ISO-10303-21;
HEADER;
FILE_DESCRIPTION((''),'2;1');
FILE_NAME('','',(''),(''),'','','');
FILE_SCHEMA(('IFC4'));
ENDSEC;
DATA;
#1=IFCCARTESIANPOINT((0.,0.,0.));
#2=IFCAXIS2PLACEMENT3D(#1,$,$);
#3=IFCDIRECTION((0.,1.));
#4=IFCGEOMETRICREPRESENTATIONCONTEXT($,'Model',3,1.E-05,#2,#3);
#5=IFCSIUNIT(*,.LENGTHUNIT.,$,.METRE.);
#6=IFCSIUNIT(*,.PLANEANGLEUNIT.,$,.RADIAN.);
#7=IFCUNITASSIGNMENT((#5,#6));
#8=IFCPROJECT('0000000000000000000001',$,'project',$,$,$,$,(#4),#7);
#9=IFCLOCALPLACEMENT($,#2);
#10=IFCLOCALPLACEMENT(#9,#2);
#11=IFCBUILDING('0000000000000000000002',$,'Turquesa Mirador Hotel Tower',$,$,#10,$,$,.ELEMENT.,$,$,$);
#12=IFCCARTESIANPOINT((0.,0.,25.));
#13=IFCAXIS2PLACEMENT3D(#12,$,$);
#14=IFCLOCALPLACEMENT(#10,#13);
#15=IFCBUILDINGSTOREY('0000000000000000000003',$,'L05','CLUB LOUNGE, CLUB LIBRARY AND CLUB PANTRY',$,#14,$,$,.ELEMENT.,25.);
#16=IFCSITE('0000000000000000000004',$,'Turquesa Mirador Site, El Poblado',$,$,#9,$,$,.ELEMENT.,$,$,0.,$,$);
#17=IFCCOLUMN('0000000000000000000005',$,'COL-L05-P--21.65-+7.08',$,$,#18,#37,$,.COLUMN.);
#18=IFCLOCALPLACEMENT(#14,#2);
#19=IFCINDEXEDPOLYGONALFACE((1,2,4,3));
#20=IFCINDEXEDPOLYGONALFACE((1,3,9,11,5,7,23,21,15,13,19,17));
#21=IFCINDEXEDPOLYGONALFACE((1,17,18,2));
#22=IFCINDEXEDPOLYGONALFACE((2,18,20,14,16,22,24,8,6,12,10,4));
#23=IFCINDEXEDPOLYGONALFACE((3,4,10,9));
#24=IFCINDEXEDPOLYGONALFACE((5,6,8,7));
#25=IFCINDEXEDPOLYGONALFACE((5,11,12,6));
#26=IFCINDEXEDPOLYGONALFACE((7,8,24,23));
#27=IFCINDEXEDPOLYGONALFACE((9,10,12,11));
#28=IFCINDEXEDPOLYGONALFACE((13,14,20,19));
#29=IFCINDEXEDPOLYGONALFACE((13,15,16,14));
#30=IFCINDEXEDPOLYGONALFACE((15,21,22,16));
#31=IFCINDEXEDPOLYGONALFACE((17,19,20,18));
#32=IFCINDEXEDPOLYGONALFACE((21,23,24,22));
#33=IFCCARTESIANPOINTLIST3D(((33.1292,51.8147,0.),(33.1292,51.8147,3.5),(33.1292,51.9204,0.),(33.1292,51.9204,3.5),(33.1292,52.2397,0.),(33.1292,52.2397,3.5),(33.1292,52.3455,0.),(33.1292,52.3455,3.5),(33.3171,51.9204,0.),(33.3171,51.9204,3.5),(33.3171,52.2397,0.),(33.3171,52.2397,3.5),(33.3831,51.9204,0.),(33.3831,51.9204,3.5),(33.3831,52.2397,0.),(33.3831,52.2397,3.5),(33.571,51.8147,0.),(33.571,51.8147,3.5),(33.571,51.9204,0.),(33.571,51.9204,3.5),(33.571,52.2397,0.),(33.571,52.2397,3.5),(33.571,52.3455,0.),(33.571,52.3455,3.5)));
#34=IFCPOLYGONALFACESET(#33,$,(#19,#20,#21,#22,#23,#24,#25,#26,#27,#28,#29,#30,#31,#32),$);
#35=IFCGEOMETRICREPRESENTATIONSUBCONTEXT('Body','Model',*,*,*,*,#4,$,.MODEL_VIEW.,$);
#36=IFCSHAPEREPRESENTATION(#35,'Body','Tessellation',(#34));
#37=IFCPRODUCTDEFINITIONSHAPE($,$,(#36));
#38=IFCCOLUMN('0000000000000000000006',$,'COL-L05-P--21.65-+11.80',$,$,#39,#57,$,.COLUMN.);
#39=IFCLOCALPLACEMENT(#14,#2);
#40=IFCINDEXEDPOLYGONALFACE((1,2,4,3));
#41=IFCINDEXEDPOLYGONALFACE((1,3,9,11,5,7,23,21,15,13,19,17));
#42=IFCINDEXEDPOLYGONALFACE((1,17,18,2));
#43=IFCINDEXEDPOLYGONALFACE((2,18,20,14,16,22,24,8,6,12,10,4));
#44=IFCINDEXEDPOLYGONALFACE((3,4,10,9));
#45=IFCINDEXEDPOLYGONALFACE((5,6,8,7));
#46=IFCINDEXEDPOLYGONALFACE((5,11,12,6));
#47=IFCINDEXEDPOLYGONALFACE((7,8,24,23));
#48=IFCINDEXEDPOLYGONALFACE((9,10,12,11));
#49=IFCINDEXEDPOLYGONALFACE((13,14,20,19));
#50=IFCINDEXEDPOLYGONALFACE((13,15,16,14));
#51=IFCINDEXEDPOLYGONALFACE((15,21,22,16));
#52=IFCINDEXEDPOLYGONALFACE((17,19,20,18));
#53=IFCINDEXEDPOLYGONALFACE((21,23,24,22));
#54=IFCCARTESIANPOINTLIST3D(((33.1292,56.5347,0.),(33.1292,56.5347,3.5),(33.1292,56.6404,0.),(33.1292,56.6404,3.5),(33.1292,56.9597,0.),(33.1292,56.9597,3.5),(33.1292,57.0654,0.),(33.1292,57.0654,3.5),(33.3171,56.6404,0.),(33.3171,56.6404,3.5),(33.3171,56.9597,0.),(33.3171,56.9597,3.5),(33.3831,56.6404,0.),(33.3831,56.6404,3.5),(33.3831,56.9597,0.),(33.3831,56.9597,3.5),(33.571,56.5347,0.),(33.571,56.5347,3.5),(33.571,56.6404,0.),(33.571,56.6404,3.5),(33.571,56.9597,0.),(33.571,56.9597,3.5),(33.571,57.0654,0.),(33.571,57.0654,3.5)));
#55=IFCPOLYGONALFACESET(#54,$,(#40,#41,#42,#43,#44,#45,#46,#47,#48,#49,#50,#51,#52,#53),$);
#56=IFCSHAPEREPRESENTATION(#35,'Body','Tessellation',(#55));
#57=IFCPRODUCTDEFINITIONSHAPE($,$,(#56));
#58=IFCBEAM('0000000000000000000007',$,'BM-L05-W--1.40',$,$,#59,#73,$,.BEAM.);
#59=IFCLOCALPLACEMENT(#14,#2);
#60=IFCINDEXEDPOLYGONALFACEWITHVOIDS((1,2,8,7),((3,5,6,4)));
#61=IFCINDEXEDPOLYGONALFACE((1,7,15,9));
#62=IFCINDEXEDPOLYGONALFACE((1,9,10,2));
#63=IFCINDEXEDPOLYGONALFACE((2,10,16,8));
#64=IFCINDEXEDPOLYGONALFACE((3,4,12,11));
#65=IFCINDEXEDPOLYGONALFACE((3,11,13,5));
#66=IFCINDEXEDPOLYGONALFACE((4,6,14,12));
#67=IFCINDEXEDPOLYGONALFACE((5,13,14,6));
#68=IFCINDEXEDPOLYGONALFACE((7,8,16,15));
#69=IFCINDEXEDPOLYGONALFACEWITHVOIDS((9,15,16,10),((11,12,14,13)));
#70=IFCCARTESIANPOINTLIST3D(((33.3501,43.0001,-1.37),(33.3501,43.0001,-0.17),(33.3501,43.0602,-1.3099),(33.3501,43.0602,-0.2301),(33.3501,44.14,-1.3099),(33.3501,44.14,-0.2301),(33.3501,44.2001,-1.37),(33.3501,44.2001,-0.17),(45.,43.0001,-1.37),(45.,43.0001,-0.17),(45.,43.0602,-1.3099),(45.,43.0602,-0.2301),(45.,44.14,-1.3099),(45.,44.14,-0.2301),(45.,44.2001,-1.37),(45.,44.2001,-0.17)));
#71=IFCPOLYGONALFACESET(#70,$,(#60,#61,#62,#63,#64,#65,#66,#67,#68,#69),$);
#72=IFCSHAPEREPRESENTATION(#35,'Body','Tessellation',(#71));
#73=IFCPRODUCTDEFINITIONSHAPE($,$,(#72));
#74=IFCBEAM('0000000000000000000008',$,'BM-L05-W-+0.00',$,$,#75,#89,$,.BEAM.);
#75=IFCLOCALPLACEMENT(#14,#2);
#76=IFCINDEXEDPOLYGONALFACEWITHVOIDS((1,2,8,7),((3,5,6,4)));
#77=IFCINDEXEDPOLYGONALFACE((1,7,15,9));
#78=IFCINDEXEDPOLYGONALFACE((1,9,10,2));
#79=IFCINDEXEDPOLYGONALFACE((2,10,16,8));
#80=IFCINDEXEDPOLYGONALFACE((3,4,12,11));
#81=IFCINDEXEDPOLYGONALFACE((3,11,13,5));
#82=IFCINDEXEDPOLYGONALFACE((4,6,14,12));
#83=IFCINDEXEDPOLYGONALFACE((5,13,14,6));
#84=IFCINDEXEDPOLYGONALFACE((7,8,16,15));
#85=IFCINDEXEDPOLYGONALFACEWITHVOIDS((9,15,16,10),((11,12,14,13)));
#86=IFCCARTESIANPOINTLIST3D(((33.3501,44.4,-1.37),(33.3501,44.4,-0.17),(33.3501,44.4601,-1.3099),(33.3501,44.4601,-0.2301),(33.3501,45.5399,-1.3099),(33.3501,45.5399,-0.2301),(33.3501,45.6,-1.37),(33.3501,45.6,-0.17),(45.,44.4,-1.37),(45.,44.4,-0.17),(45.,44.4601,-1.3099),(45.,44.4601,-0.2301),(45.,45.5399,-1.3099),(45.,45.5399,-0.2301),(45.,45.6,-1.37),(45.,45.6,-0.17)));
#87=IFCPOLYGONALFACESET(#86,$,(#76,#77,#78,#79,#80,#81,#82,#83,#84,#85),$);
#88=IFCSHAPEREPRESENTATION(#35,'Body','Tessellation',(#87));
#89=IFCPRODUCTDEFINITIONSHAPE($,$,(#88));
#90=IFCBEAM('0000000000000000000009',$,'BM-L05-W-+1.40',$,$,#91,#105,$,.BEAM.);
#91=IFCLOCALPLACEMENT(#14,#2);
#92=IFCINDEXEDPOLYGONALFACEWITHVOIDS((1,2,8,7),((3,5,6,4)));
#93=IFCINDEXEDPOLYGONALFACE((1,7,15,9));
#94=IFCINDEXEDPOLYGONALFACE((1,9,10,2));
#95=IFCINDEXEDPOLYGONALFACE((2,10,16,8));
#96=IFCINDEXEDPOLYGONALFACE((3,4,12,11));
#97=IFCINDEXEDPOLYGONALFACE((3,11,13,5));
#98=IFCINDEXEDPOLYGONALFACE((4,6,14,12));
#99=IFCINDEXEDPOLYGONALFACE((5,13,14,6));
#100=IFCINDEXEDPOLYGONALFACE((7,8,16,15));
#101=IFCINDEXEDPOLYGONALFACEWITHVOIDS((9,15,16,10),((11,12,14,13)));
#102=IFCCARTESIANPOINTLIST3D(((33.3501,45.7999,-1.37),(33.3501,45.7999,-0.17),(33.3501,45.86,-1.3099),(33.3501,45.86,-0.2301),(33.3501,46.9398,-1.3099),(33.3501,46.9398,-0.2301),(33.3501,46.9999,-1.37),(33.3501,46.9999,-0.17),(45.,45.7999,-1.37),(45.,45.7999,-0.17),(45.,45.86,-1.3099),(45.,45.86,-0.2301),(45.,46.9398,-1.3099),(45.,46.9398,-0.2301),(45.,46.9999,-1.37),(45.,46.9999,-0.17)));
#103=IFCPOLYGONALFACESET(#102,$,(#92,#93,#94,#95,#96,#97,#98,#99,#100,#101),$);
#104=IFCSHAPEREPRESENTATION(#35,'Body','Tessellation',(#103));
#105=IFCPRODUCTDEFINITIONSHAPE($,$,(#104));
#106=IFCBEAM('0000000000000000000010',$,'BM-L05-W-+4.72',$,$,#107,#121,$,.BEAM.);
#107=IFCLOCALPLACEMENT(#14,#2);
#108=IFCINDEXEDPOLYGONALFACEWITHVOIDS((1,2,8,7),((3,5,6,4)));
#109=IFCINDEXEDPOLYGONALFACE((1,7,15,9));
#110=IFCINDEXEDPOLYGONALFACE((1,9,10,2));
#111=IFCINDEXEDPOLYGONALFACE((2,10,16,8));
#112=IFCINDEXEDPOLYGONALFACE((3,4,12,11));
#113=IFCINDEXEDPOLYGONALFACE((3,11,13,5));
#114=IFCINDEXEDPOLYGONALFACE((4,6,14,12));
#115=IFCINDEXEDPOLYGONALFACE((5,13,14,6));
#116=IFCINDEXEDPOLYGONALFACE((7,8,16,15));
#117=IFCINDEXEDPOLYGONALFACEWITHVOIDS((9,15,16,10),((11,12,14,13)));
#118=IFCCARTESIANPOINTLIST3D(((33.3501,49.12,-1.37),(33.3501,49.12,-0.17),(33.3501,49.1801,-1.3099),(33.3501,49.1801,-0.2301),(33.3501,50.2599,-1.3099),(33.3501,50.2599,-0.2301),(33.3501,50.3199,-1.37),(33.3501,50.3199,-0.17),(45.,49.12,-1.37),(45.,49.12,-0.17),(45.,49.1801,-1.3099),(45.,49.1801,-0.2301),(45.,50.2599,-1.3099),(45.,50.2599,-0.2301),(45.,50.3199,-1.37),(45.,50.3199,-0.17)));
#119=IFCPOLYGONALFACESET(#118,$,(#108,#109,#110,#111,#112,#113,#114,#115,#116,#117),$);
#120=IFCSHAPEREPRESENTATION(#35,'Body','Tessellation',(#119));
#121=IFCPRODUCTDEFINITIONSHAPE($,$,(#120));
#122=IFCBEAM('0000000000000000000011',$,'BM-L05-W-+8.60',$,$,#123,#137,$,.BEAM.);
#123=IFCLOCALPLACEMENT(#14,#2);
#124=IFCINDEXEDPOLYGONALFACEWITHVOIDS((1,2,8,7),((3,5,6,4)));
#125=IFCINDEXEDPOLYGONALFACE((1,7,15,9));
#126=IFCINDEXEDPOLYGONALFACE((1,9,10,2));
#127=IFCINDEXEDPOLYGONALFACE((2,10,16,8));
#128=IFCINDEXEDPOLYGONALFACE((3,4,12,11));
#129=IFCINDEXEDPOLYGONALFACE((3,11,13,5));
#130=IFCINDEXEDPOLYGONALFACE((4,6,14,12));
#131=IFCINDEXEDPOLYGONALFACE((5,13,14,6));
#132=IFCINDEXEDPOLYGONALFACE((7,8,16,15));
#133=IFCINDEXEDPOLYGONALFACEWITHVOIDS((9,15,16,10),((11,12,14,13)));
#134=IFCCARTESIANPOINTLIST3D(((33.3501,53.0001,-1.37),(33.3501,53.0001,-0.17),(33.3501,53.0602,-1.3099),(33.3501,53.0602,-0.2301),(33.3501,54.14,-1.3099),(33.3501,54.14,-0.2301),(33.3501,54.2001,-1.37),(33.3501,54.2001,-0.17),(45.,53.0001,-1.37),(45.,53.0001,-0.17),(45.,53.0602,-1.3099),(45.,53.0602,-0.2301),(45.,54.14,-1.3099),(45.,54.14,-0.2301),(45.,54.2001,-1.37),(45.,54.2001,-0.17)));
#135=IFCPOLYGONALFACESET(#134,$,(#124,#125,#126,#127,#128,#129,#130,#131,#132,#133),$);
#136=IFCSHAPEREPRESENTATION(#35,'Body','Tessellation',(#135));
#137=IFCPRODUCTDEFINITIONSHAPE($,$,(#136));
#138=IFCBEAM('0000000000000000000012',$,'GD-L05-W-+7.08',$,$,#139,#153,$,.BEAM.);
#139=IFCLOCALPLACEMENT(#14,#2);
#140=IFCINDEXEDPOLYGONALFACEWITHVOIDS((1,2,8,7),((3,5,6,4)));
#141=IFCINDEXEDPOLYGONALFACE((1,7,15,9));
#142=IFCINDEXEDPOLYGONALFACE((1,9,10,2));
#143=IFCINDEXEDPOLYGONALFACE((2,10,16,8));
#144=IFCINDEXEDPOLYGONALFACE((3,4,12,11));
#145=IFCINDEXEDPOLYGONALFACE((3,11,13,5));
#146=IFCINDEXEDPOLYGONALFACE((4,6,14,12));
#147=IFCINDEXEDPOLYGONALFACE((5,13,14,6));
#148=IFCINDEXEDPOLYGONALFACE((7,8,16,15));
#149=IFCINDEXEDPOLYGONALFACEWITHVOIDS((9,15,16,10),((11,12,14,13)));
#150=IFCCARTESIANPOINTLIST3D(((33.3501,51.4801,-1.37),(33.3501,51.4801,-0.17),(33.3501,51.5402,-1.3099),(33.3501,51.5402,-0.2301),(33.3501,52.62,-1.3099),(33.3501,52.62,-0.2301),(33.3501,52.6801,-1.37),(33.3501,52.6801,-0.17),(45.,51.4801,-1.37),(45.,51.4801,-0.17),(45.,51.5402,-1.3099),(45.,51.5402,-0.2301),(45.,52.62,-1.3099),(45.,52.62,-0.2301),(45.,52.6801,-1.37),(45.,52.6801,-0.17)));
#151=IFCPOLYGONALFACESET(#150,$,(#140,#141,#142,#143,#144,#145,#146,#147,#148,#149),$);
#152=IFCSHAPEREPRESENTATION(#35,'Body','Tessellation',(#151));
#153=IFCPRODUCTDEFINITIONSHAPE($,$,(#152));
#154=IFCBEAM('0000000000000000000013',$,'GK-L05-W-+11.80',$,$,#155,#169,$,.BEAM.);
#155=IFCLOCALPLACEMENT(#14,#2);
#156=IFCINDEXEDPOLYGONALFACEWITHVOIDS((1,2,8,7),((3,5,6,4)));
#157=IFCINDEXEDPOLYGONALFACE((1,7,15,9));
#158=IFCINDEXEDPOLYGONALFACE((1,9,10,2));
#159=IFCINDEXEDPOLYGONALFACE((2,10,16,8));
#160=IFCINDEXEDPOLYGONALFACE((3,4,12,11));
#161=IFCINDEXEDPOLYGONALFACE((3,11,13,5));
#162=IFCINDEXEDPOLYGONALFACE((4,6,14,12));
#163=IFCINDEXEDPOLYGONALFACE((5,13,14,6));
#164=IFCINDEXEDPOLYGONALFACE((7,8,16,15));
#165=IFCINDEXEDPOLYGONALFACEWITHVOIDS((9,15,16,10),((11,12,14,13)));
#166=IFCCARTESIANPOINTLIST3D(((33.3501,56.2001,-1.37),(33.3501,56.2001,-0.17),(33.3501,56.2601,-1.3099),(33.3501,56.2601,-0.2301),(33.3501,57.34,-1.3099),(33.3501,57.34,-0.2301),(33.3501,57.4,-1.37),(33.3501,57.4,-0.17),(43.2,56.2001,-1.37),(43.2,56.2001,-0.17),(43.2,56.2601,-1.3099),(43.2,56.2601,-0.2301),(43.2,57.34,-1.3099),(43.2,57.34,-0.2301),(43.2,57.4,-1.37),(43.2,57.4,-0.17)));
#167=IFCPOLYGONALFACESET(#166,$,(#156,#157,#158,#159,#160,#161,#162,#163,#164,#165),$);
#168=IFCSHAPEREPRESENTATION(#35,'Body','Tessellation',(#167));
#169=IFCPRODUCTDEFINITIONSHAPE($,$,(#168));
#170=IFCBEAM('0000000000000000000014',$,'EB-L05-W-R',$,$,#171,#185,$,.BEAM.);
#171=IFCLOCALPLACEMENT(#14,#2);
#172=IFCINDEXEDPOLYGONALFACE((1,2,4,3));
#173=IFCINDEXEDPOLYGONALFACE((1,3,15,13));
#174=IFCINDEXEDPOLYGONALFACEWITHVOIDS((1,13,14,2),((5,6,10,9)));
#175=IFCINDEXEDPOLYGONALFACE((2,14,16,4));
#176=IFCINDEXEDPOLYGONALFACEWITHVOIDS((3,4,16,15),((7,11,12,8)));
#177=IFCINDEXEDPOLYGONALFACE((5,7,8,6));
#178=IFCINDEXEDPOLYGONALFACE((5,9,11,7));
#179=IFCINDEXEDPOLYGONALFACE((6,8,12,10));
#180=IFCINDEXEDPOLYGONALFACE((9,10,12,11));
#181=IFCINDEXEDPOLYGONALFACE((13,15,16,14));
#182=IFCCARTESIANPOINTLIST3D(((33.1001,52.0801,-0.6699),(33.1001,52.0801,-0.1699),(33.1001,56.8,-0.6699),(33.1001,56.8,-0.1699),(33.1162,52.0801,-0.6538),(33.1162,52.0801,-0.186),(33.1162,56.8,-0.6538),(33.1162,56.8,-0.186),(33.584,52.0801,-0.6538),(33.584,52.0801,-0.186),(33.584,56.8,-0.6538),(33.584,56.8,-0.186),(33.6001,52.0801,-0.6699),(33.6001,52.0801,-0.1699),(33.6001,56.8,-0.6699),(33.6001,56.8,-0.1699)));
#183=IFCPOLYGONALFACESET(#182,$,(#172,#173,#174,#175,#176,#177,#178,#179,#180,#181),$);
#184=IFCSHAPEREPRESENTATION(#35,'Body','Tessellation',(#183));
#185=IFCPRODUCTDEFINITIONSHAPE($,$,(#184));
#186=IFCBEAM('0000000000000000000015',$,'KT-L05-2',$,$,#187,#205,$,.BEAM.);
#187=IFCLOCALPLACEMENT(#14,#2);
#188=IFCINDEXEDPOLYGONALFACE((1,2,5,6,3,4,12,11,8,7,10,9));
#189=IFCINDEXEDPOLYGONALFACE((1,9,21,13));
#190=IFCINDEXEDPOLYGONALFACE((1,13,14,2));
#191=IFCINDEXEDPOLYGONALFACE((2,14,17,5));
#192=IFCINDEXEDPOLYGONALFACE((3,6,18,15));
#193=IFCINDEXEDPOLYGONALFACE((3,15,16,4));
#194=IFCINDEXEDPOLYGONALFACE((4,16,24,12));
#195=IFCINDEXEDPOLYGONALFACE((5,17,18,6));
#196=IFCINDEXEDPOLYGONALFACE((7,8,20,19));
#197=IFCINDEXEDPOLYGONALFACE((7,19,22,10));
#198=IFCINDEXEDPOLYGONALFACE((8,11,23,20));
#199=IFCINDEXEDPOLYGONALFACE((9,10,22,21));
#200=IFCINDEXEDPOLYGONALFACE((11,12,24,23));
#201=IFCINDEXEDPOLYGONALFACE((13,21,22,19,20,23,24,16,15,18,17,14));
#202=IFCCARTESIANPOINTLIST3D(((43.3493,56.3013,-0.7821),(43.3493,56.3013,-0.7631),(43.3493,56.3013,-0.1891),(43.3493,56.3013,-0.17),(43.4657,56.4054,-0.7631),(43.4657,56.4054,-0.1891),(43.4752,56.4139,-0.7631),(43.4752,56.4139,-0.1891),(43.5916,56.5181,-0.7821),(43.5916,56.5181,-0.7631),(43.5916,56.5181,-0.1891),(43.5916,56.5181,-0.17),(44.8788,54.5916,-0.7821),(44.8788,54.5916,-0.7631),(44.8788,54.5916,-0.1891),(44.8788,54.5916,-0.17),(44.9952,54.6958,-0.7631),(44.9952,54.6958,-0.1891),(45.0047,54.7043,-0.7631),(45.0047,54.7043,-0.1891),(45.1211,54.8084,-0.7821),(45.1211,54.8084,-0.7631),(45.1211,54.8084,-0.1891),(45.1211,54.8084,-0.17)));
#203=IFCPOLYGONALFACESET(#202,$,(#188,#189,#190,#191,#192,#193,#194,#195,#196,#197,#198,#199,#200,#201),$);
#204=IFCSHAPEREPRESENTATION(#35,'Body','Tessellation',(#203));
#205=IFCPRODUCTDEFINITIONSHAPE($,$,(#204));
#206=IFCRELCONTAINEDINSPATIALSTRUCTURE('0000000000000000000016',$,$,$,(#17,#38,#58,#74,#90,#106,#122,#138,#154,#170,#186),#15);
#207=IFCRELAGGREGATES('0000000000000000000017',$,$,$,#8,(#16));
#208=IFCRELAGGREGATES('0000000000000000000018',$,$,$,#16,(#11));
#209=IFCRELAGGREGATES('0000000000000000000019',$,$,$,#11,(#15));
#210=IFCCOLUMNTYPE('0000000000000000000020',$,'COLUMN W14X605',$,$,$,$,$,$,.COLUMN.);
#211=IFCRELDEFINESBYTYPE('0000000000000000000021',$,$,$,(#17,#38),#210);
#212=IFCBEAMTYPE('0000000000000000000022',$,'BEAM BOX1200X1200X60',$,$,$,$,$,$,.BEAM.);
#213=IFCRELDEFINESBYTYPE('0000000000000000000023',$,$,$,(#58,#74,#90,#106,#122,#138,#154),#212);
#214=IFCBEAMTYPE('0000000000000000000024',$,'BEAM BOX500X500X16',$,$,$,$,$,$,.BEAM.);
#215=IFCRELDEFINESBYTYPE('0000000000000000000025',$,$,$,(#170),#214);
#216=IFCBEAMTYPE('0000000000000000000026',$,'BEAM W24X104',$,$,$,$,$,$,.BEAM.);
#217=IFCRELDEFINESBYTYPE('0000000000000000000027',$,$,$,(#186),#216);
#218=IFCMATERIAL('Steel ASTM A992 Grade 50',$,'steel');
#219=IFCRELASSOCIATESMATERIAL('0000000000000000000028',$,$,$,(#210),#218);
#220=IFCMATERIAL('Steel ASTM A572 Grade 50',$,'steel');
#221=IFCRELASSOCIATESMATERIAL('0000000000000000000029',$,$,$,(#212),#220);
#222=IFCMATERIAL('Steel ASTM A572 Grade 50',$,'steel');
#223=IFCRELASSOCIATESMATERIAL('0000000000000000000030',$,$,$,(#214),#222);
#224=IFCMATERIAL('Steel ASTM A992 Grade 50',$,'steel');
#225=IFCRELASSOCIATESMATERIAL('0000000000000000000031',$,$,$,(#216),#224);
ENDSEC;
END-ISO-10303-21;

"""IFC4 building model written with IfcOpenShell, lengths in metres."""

from ifc_helpers import new_model, si_unit, direction, frame, origin, origin_2d, place, context, subcontext, project, spatial, hollow_rectangle, i_section, extrude, material, material_profile, profile_set, type_object, element, save


model = new_model("IFC4")

# Units and contexts
model_context = context("Model", 3, precision=1e-05, world=origin(), true_north=direction((0.0, 1.0)))
body_context = subcontext(model_context, "Body", "Model", "MODEL_VIEW")
ifc_project = project(units=[si_unit("LENGTHUNIT", "METRE"), si_unit("PLANEANGLEUNIT", "RADIAN")], contexts=[model_context])

# Site, building, storey
site_placement = place(None, origin())
site = spatial("IfcSite", under=ifc_project, at=site_placement, Name="Turquesa Mirador Site, El Poblado", CompositionType="ELEMENT", RefElevation=0.0)
building_placement = place(site_placement, origin())
building = spatial("IfcBuilding", under=site, at=building_placement, Name="Turquesa Mirador Hotel Tower", CompositionType="ELEMENT")
storey_placement = place(building_placement, frame((0.0, 0.0, 25.0)))
storey = spatial("IfcBuildingStorey", under=building, at=storey_placement, Name="L05", Description="CLUB LOUNGE, CLUB LIBRARY AND CLUB PANTRY", CompositionType="ELEMENT", Elevation=25.0)

# Columns
ifc_material_1 = material(Name="Steel ASTM A992 Grade 50", Category="steel")
ifc_material_profile_1 = material_profile(ifc_material_1, i_section(OverallWidth=0.4419, OverallDepth=0.5308, WebThickness=0.0659, FlangeThickness=0.1057, at=origin_2d()), Name="W14X605")
ifc_profile_set_1 = profile_set([ifc_material_profile_1], Name="Steel ASTM A992 Grade 50")
column_type = type_object("IfcColumnType", Name="COLUMN W14X605", PredefinedType="COLUMN", material=ifc_profile_set_1)
for number, where, z_axis, x_axis, name in (
    (1, (33.3501, 52.0801, 0.0), (0.0, 0.0, 1.0), (1.0, 0.0, 0.0), "COL-L05-P--21.65-+7.08"),
    (2, (33.3501, 56.8, 0.0), (0.0, 0.0, 1.0), (1.0, 0.0, 0.0), "COL-L05-P--21.65-+11.80"),
):
    element("IfcColumn", number, at=place(storey_placement, frame(where, z_axis=z_axis, x_axis=x_axis)), inside=storey, type_object=column_type, Name=name, PredefinedType="COLUMN", context=body_context, shape_type="SweptSolid", body=[
        extrude(i_section(OverallWidth=0.4419, OverallDepth=0.5308, WebThickness=0.0659, FlangeThickness=0.1057, at=origin_2d()), origin(), (0.0, 0.0, 1.0), 3.5),
    ])

# Beams
ifc_material_2 = material(Name="Steel ASTM A572 Grade 50", Category="steel")
ifc_material_profile_2 = material_profile(ifc_material_2, hollow_rectangle(XDim=1.2, YDim=1.2, WallThickness=0.0601, at=origin_2d()), Name="BOX1200X1200X60")
ifc_profile_set_2 = profile_set([ifc_material_profile_2], Name="Steel ASTM A572 Grade 50")
beam_type_1 = type_object("IfcBeamType", Name="BEAM BOX1200X1200X60", PredefinedType="BEAM", material=ifc_profile_set_2)
for number, where, z_axis, x_axis, name in (
    (3, (33.3501, 43.6001, -0.77), (1.0, 0.0, 0.0), (0.0, 1.0, 0.0), "BM-L05-W--1.40"),
    (4, (33.3501, 45.0, -0.77), (1.0, 0.0, 0.0), (0.0, 1.0, 0.0), "BM-L05-W-+0.00"),
    (5, (33.3501, 46.3999, -0.77), (1.0, 0.0, 0.0), (0.0, 1.0, 0.0), "BM-L05-W-+1.40"),
    (6, (33.3501, 49.72, -0.77), (1.0, 0.0, 0.0), (0.0, 1.0, 0.0), "BM-L05-W-+4.72"),
    (7, (33.3501, 53.6001, -0.77), (1.0, 0.0, 0.0), (0.0, 1.0, 0.0), "BM-L05-W-+8.60"),
    (8, (33.3501, 52.0801, -0.77), (1.0, 0.0, 0.0), (0.0, 1.0, 0.0), "GD-L05-W-+7.08"),
):
    element("IfcBeam", number, at=place(storey_placement, frame(where, z_axis=z_axis, x_axis=x_axis)), inside=storey, type_object=beam_type_1, Name=name, PredefinedType="BEAM", context=body_context, shape_type="SweptSolid", body=[
        extrude(hollow_rectangle(XDim=1.2, YDim=1.2, WallThickness=0.0601, at=origin_2d()), origin(), (0.0, 0.0, 1.0), 11.6499),
    ])
beam_1_placement = place(storey_placement, frame((33.3501, 56.8, -0.77), z_axis=(1.0, 0.0, 0.0), x_axis=(0.0, 1.0, 0.0)))
element("IfcBeam", 9, at=beam_1_placement, inside=storey, type_object=beam_type_1, Name="GK-L05-W-+11.80", PredefinedType="BEAM", context=body_context, shape_type="SweptSolid", body=[
    extrude(hollow_rectangle(XDim=1.2, YDim=1.2, WallThickness=0.0601, at=origin_2d()), origin(), (0.0, 0.0, 1.0), 9.8499),
])
ifc_material_3 = material(Name="Steel ASTM A572 Grade 50", Category="steel")
ifc_material_profile_3 = material_profile(ifc_material_3, hollow_rectangle(XDim=0.5, YDim=0.5, WallThickness=0.0161, at=origin_2d()), Name="BOX500X500X16")
ifc_profile_set_3 = profile_set([ifc_material_profile_3], Name="Steel ASTM A572 Grade 50")
beam_type_2 = type_object("IfcBeamType", Name="BEAM BOX500X500X16", PredefinedType="BEAM", material=ifc_profile_set_3)
beam_2_placement = place(storey_placement, frame((33.3501, 52.0801, -0.4199), z_axis=(0.0, 1.0, 0.0), x_axis=(-1.0, 0.0, 0.0)))
element("IfcBeam", 10, at=beam_2_placement, inside=storey, type_object=beam_type_2, Name="EB-L05-W-R", PredefinedType="BEAM", context=body_context, shape_type="SweptSolid", body=[
    extrude(hollow_rectangle(XDim=0.5, YDim=0.5, WallThickness=0.0161, at=origin_2d()), origin(), (0.0, 0.0, 1.0), 4.72),
])
ifc_material_4 = material(Name="Steel ASTM A992 Grade 50", Category="steel")
ifc_material_profile_4 = material_profile(ifc_material_4, i_section(OverallWidth=0.3252, OverallDepth=0.6121, WebThickness=0.0127, FlangeThickness=0.019, at=origin_2d()), Name="W24X104")
ifc_profile_set_4 = profile_set([ifc_material_profile_4], Name="Steel ASTM A992 Grade 50")
beam_type_3 = type_object("IfcBeamType", Name="BEAM W24X104", PredefinedType="BEAM", material=ifc_profile_set_4)
beam_3_placement = place(storey_placement, frame((43.4705, 56.4097, -0.4761), z_axis=(0.666745, -0.745286, 0.0), x_axis=(0.745286, 0.666745, 0.0)))
element("IfcBeam", 11, at=beam_3_placement, inside=storey, type_object=beam_type_3, Name="KT-L05-2", PredefinedType="BEAM", context=body_context, shape_type="SweptSolid", body=[
    extrude(i_section(OverallWidth=0.3252, OverallDepth=0.6121, WebThickness=0.0127, FlangeThickness=0.019, at=origin_2d()), origin(), (0.0, 0.0, 1.0), 2.2939),
])

save(model, "model.ifc")
